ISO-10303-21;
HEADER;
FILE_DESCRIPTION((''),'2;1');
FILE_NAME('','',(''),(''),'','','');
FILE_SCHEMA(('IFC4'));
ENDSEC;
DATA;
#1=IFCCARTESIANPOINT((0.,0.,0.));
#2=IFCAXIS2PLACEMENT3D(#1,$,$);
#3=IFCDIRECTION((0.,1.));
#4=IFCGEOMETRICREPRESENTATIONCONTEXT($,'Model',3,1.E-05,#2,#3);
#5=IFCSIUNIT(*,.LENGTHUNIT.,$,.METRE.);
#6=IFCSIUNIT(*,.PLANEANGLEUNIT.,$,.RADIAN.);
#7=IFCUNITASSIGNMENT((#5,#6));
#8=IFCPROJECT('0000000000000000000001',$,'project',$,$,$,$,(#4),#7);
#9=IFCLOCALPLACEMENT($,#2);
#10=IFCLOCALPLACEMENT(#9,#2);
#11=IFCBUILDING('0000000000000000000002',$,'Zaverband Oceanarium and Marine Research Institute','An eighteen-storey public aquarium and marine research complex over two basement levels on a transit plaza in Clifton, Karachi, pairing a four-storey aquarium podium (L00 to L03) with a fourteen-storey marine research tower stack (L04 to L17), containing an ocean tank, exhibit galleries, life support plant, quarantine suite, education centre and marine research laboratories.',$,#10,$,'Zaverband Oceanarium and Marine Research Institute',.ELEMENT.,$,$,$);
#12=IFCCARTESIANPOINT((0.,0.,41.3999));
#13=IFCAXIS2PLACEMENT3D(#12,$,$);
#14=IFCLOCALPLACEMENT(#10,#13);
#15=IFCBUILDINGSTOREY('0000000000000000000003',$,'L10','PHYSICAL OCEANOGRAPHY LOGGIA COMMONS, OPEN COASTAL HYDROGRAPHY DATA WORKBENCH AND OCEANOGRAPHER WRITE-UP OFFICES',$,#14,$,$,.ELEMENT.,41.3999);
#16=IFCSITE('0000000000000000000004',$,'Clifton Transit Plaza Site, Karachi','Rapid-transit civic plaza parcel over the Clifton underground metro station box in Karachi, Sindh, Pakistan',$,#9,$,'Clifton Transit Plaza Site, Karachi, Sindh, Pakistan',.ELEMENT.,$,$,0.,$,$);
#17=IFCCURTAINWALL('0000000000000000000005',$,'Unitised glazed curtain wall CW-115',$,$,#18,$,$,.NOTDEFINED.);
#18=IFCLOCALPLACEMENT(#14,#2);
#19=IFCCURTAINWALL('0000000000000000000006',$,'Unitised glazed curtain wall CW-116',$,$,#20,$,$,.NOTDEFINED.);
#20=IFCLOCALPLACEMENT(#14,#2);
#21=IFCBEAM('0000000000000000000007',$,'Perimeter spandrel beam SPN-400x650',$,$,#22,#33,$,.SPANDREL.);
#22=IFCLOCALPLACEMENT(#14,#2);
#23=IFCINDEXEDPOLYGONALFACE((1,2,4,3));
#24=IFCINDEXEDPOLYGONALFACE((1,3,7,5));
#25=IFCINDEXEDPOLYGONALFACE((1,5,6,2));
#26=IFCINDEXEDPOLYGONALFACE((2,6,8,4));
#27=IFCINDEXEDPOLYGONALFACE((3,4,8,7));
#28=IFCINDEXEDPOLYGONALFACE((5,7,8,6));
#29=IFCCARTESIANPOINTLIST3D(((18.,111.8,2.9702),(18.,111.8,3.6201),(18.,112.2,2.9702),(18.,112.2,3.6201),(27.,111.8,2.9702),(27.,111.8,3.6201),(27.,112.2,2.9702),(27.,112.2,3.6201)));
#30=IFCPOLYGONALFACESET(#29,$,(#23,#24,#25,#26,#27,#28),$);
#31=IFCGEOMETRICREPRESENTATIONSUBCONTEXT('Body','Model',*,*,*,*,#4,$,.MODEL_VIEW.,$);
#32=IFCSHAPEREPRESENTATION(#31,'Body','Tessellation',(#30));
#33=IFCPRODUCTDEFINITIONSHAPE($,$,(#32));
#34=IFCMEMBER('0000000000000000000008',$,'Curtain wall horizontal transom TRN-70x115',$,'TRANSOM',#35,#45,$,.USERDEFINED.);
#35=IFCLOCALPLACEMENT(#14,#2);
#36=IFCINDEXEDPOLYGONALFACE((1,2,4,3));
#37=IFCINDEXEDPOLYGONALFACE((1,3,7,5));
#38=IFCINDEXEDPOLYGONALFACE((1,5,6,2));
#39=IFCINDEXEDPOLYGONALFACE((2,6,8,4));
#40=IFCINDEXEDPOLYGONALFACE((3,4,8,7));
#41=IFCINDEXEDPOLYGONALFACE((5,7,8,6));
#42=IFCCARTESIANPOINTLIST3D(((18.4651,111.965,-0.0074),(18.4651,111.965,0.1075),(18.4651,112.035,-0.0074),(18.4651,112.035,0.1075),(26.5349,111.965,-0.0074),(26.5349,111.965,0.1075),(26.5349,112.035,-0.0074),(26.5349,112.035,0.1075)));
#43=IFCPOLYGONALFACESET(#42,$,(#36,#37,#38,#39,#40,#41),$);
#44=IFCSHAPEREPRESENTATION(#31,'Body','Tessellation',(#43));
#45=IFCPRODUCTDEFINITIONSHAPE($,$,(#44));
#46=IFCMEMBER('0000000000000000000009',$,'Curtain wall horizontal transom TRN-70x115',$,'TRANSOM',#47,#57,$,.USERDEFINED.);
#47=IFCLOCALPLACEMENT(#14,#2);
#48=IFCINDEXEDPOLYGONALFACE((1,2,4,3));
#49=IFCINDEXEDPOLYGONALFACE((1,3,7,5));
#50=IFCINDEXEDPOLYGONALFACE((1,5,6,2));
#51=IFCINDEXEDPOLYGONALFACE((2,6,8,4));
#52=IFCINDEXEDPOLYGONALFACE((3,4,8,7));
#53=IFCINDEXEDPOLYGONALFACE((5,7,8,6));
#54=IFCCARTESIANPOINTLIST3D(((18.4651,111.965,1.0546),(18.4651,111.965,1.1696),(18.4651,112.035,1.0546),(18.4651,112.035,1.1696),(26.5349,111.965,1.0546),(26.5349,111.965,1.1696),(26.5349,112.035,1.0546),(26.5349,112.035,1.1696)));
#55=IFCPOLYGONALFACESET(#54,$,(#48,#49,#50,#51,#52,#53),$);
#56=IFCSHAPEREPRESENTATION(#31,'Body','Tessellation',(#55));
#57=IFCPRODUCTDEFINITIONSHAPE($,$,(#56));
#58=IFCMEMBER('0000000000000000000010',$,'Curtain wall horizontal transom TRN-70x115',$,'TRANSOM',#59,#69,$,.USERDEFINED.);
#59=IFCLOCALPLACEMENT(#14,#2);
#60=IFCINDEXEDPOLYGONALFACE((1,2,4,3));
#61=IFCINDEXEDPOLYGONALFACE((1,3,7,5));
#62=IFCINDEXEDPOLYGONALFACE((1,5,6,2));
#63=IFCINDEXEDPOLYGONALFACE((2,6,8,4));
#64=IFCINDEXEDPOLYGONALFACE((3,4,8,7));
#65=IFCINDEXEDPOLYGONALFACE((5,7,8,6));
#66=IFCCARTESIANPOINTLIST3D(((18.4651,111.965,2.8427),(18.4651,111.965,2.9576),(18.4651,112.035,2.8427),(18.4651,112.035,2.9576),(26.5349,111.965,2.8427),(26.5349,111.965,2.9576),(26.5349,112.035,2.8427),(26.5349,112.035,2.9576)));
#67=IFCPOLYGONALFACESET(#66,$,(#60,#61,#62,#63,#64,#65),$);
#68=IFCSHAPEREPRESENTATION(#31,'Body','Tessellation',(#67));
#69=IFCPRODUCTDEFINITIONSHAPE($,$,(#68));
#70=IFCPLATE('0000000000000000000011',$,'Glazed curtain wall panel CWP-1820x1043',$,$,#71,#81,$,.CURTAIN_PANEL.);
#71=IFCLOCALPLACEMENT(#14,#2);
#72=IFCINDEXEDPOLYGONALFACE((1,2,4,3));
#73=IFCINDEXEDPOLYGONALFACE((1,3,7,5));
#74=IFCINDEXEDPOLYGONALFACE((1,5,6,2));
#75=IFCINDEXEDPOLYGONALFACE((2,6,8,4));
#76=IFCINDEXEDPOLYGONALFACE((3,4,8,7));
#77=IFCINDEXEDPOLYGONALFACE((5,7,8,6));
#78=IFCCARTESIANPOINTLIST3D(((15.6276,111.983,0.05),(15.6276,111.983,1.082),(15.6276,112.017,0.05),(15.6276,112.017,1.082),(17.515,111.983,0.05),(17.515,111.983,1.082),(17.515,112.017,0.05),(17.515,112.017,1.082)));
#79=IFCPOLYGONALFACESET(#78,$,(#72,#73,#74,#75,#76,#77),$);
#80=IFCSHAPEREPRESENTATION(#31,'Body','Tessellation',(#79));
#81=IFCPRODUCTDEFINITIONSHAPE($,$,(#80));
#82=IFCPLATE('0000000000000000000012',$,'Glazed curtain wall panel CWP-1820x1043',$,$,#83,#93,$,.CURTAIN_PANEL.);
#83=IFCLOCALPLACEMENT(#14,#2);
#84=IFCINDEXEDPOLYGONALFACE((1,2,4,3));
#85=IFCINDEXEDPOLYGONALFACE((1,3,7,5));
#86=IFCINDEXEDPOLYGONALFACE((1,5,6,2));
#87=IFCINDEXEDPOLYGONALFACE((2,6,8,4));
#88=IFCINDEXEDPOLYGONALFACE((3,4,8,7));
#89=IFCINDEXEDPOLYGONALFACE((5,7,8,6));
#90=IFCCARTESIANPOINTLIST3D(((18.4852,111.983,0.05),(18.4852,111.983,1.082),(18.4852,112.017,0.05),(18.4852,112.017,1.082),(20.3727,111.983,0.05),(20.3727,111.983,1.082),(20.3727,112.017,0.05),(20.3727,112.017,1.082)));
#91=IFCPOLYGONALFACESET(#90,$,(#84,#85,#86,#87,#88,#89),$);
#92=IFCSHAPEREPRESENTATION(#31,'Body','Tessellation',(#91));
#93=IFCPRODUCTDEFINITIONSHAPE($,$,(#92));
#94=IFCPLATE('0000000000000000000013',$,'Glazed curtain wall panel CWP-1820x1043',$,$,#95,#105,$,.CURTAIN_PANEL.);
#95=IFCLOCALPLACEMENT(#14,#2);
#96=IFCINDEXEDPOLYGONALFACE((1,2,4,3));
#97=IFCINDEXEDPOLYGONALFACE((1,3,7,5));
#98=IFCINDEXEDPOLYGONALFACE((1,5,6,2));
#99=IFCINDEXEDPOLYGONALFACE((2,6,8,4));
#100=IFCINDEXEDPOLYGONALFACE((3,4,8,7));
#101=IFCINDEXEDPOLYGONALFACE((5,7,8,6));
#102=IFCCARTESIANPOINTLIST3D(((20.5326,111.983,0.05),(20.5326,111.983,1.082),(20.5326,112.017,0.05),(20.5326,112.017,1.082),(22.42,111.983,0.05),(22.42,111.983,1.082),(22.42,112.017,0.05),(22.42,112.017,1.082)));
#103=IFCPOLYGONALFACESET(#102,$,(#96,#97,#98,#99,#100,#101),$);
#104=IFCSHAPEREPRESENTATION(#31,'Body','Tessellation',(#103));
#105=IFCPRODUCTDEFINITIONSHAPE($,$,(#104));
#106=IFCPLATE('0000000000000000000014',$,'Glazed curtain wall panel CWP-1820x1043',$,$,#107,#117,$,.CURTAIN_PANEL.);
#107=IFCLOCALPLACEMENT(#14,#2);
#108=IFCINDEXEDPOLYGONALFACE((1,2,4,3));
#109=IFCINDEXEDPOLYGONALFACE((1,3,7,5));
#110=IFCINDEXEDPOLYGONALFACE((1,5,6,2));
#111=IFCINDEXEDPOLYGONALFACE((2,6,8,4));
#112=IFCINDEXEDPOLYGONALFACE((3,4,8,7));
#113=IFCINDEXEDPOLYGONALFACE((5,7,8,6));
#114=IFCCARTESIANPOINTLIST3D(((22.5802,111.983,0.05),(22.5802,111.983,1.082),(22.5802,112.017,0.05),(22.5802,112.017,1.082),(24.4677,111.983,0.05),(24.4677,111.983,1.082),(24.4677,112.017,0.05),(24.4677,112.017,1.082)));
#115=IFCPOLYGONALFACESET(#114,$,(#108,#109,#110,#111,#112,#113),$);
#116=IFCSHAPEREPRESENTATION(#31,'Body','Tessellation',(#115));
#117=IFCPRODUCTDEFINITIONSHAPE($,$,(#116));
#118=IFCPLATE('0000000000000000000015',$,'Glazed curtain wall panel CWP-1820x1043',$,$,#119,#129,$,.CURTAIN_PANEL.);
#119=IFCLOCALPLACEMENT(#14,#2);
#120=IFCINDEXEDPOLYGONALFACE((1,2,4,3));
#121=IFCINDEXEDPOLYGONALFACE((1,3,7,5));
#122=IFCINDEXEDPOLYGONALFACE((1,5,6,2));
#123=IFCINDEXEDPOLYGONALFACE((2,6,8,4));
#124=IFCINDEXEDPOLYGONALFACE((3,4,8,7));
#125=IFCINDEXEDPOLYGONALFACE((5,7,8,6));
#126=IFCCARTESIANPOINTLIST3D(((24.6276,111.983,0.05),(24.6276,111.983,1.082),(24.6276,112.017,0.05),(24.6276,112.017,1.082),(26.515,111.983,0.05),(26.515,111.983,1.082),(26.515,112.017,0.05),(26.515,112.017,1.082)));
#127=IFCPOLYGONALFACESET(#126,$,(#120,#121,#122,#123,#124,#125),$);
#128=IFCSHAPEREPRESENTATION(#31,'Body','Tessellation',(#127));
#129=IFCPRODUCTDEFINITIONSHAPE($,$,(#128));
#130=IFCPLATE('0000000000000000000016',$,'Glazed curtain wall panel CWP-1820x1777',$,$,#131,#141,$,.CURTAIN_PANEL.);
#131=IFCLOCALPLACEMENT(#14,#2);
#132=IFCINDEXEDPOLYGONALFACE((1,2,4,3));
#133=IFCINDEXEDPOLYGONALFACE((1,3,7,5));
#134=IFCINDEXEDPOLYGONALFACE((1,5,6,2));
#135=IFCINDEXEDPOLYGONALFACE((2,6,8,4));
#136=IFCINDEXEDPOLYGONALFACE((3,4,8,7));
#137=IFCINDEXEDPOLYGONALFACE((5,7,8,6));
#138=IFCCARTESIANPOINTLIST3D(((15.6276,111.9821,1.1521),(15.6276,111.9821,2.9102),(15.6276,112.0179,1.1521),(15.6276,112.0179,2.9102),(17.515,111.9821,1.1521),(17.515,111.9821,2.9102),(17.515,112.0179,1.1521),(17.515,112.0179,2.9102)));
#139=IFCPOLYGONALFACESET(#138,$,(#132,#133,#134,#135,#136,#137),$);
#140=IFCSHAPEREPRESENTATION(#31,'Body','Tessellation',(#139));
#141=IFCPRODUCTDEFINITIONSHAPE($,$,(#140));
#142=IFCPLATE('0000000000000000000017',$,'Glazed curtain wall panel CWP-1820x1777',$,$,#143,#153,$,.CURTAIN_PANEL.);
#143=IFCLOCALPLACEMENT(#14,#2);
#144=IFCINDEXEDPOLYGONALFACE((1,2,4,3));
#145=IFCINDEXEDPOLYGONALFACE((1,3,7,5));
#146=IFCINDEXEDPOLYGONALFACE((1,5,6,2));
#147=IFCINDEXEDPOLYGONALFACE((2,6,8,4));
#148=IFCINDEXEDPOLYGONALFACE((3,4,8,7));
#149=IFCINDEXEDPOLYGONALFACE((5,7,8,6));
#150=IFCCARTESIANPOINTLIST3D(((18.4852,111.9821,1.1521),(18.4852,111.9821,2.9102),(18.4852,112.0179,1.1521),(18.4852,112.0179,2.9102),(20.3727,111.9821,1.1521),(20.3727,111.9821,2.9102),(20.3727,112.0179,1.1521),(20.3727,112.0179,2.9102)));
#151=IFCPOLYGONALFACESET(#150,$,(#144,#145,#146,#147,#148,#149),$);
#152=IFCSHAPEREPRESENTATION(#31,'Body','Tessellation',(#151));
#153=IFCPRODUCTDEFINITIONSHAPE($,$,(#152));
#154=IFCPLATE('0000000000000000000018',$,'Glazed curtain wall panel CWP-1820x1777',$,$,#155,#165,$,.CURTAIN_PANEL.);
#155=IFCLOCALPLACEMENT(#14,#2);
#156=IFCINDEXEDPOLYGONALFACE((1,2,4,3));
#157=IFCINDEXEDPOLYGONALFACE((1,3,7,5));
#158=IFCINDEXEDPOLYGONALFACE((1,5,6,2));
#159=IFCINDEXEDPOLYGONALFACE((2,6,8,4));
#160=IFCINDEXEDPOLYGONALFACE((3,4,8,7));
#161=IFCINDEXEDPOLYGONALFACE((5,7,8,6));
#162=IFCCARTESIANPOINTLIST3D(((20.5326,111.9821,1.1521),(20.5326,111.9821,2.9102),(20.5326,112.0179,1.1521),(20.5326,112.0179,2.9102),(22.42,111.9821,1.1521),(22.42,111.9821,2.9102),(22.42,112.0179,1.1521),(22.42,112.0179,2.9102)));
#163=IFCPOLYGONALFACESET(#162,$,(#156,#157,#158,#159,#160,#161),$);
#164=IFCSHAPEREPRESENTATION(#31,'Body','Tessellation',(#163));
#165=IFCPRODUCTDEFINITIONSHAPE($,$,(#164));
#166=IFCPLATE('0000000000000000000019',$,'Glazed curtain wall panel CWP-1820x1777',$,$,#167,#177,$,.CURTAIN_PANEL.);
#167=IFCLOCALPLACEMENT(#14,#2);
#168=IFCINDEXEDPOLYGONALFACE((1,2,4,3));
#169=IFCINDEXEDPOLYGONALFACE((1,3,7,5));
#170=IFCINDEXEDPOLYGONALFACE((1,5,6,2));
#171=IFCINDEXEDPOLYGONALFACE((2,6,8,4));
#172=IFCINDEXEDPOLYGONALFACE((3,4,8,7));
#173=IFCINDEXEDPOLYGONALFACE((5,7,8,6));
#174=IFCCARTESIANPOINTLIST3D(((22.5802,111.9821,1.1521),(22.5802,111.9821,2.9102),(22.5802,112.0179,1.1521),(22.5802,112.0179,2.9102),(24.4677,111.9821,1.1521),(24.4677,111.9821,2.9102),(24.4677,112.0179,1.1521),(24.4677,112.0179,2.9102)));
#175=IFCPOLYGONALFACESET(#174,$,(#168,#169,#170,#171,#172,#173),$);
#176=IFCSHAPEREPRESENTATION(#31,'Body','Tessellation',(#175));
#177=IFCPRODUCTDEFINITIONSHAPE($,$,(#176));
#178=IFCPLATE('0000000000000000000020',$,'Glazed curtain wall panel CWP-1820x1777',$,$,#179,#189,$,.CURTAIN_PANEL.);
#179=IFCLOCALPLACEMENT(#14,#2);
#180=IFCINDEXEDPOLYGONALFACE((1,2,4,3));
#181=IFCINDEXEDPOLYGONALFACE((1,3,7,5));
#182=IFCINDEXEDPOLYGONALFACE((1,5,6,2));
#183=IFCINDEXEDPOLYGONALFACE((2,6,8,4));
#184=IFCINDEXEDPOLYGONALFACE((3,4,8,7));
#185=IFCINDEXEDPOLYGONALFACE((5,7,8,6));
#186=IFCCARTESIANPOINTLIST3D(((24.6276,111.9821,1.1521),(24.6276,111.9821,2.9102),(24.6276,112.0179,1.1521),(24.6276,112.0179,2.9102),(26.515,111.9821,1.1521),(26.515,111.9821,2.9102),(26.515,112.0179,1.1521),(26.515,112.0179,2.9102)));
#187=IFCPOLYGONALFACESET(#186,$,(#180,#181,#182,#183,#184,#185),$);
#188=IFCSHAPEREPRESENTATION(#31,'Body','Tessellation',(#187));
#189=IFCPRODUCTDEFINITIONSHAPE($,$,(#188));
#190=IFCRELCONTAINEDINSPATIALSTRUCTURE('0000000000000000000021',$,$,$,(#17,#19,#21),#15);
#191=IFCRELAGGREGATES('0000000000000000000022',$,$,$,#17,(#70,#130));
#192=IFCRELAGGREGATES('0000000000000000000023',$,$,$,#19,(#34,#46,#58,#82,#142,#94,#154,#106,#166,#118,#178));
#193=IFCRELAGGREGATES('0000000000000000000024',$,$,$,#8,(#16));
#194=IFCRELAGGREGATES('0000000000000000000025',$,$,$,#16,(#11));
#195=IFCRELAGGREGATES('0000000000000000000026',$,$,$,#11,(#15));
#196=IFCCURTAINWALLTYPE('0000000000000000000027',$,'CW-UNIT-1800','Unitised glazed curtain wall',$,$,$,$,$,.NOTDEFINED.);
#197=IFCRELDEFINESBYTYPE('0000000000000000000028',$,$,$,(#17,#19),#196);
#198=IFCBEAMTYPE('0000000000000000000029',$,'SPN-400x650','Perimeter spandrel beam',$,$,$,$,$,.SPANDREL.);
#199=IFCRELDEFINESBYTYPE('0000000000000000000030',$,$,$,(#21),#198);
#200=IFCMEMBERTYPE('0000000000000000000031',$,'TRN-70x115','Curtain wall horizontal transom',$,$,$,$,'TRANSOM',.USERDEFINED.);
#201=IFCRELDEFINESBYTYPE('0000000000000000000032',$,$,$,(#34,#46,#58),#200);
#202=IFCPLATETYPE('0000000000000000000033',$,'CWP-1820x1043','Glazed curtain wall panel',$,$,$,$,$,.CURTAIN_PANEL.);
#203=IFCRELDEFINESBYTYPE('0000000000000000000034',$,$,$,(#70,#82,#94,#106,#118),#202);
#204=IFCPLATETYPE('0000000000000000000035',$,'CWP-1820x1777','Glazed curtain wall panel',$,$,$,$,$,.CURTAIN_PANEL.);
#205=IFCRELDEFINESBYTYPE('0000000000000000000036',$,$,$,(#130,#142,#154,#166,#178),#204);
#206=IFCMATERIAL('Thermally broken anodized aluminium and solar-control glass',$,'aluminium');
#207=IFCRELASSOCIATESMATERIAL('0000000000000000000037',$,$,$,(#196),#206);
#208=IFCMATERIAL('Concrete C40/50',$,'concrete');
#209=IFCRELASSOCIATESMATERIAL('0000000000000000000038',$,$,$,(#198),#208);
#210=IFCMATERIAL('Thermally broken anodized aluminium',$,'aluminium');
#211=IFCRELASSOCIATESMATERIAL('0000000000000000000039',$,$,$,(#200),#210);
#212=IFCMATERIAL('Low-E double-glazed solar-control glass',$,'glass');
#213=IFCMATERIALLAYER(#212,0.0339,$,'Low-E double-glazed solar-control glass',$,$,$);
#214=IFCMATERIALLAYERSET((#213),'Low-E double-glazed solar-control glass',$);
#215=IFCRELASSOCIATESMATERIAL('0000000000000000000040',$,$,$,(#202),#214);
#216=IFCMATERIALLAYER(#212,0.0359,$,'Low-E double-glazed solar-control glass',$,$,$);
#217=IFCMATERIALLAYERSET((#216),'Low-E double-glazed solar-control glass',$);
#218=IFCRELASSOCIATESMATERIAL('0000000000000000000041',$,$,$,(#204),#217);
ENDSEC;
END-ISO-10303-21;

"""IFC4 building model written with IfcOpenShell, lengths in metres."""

from ifc_helpers import new_model, si_unit, direction, frame, frame_2d, origin, origin_2d, place, context, subcontext, project, spatial, rectangle, extrude, material, layer, layer_set, material_profile, profile_set, type_object, element, aggregate, save


model = new_model("IFC4")

# Units and contexts
model_context = context("Model", 3, precision=1e-05, world=origin(), true_north=direction((0.0, 1.0)))
body_context = subcontext(model_context, "Body", "Model", "MODEL_VIEW")
ifc_project = project(units=[si_unit("LENGTHUNIT", "METRE"), si_unit("PLANEANGLEUNIT", "RADIAN")], contexts=[model_context])

# Site, building, storey
site_placement = place(None, origin())
site = spatial("IfcSite", under=ifc_project, at=site_placement, Name="Clifton Transit Plaza Site, Karachi", Description="Rapid-transit civic plaza parcel over the Clifton underground metro station box in Karachi, Sindh, Pakistan", LongName="Clifton Transit Plaza Site, Karachi, Sindh, Pakistan", CompositionType="ELEMENT", RefElevation=0.0)
building_placement = place(site_placement, origin())
building = spatial("IfcBuilding", under=site, at=building_placement, Name="Zaverband Oceanarium and Marine Research Institute", Description="An eighteen-storey public aquarium and marine research complex over two basement levels on a transit plaza in Clifton, Karachi, pairing a four-storey aquarium podium (L00 to L03) with a fourteen-storey marine research tower stack (L04 to L17), containing an ocean tank, exhibit galleries, life support plant, quarantine suite, education centre and marine research laboratories.", LongName="Zaverband Oceanarium and Marine Research Institute", CompositionType="ELEMENT")
storey_placement = place(building_placement, frame((0.0, 0.0, 41.3999)))
storey = spatial("IfcBuildingStorey", under=building, at=storey_placement, Name="L10", Description="PHYSICAL OCEANOGRAPHY LOGGIA COMMONS, OPEN COASTAL HYDROGRAPHY DATA WORKBENCH AND OCEANOGRAPHER WRITE-UP OFFICES", CompositionType="ELEMENT", Elevation=41.3999)

# Shared definitions
ifc_material_1 = material(Name="Concrete C40/50", Category="concrete")

# Curtain walls
ifc_material_2 = material(Name="Thermally broken anodized aluminium and solar-control glass", Category="aluminium")
curtain_wall_type = type_object("IfcCurtainWallType", Name="CW-UNIT-1800", Description="Unitised glazed curtain wall", PredefinedType="NOTDEFINED", material=ifc_material_2)
curtain_wall_1_placement = place(storey_placement, origin())
curtain_wall_1 = element("IfcCurtainWall", 1, at=curtain_wall_1_placement, inside=storey, type_object=curtain_wall_type, Name="Unitised glazed curtain wall CW-115", PredefinedType="NOTDEFINED")
ifc_material_3 = material(Name="Thermally broken anodized aluminium", Category="aluminium")
curtain_wall_2_placement = place(storey_placement, origin())
curtain_wall_2 = element("IfcCurtainWall", 2, at=curtain_wall_2_placement, inside=storey, type_object=curtain_wall_type, Name="Unitised glazed curtain wall CW-116", PredefinedType="NOTDEFINED")

# Beam
ifc_material_profile_1 = material_profile(ifc_material_1, rectangle(XDim=0.3999, YDim=0.6499, at=origin_2d()), Name="RC400x650")
ifc_profile_set_1 = profile_set([ifc_material_profile_1], Name="Concrete C40/50")
beam_type_1 = type_object("IfcBeamType", Name="SPN-400x650", Description="Perimeter spandrel beam", PredefinedType="SPANDREL", material=ifc_profile_set_1)
beam_1_placement = place(storey_placement, frame((18.0, 112.0, 3.2952), z_axis=(1.0, 0.0, 0.0), x_axis=(0.0, 1.0, 0.0)))
element("IfcBeam", 3, at=beam_1_placement, inside=storey, type_object=beam_type_1, Name="Perimeter spandrel beam SPN-400x650", PredefinedType="SPANDREL", context=body_context, shape_type="SweptSolid", body=[
    extrude(rectangle(XDim=0.3999, YDim=0.6499, at=origin_2d()), origin(), (0.0, 0.0, 1.0), 9.0),
])

# Members
ifc_material_profile_2 = material_profile(ifc_material_3, rectangle(XDim=0.0701, YDim=0.115, at=origin_2d()), Name="AL-TRN-70x115")
ifc_profile_set_2 = profile_set([ifc_material_profile_2], Name="Thermally broken anodized aluminium")
member_type_1 = type_object("IfcMemberType", Name="TRN-70x115", Description="Curtain wall horizontal transom", ElementType="TRANSOM", PredefinedType="USERDEFINED", material=ifc_profile_set_2)
member_1_placement = place(storey_placement, frame((18.4651, 112.0, 0.05), z_axis=(1.0, 0.0, 0.0), x_axis=(0.0, 1.0, 0.0)))
member_1 = element("IfcMember", 4, at=member_1_placement, type_object=member_type_1, Name="Curtain wall horizontal transom TRN-70x115", ObjectType="TRANSOM", PredefinedType="USERDEFINED", context=body_context, shape_type="SweptSolid", body=[
    extrude(rectangle(XDim=0.0701, YDim=0.115, at=origin_2d()), origin(), (0.0, 0.0, 1.0), 8.0698),
])
member_2_placement = place(storey_placement, frame((18.4651, 112.0, 1.1121), z_axis=(1.0, 0.0, 0.0), x_axis=(0.0, 1.0, 0.0)))
member_2 = element("IfcMember", 5, at=member_2_placement, type_object=member_type_1, Name="Curtain wall horizontal transom TRN-70x115", ObjectType="TRANSOM", PredefinedType="USERDEFINED", context=body_context, shape_type="SweptSolid", body=[
    extrude(rectangle(XDim=0.0701, YDim=0.115, at=origin_2d()), origin(), (0.0, 0.0, 1.0), 8.0698),
])
member_3_placement = place(storey_placement, frame((18.4651, 112.0, 2.9001), z_axis=(1.0, 0.0, 0.0), x_axis=(0.0, 1.0, 0.0)))
member_3 = element("IfcMember", 6, at=member_3_placement, type_object=member_type_1, Name="Curtain wall horizontal transom TRN-70x115", ObjectType="TRANSOM", PredefinedType="USERDEFINED", context=body_context, shape_type="SweptSolid", body=[
    extrude(rectangle(XDim=0.0701, YDim=0.115, at=origin_2d()), origin(), (0.0, 0.0, 1.0), 8.0698),
])

# Plates
ifc_material_4 = material(Name="Low-E double-glazed solar-control glass", Category="glass")
ifc_layer_1 = layer(ifc_material_4, 0.0339, Name="Low-E double-glazed solar-control glass")
ifc_layer_set_1 = layer_set([ifc_layer_1], Name="Low-E double-glazed solar-control glass")
plate_type_1 = type_object("IfcPlateType", Name="CWP-1820x1043", Description="Glazed curtain wall panel", PredefinedType="CURTAIN_PANEL", material=ifc_layer_set_1)
plate_1_placement = place(storey_placement, frame((15.6274, 112.0, 0.05), z_axis=(0.0, 0.0, 1.0), x_axis=(1.0, 0.0, 0.0)))
plate_1 = element("IfcPlate", 7, at=plate_1_placement, type_object=plate_type_1, Name="Glazed curtain wall panel CWP-1820x1043", PredefinedType="CURTAIN_PANEL", context=body_context, shape_type="SweptSolid", body=[
    extrude(rectangle(XDim=1.8875, YDim=0.0339, at=frame_2d((0.9438, 0.0))), origin(), (0.0, 0.0, 1.0), 1.032),
])
plate_2_placement = place(storey_placement, frame((18.4851, 112.0, 0.05), z_axis=(0.0, 0.0, 1.0), x_axis=(1.0, 0.0, 0.0)))
plate_2 = element("IfcPlate", 8, at=plate_2_placement, type_object=plate_type_1, Name="Glazed curtain wall panel CWP-1820x1043", PredefinedType="CURTAIN_PANEL", context=body_context, shape_type="SweptSolid", body=[
    extrude(rectangle(XDim=1.8875, YDim=0.0339, at=frame_2d((0.9438, 0.0))), origin(), (0.0, 0.0, 1.0), 1.032),
])
plate_3_placement = place(storey_placement, frame((20.5325, 112.0, 0.05), z_axis=(0.0, 0.0, 1.0), x_axis=(1.0, 0.0, 0.0)))
plate_3 = element("IfcPlate", 9, at=plate_3_placement, type_object=plate_type_1, Name="Glazed curtain wall panel CWP-1820x1043", PredefinedType="CURTAIN_PANEL", context=body_context, shape_type="SweptSolid", body=[
    extrude(rectangle(XDim=1.8875, YDim=0.0339, at=frame_2d((0.9438, 0.0))), origin(), (0.0, 0.0, 1.0), 1.032),
])
plate_4_placement = place(storey_placement, frame((22.5801, 112.0, 0.05), z_axis=(0.0, 0.0, 1.0), x_axis=(1.0, 0.0, 0.0)))
plate_4 = element("IfcPlate", 10, at=plate_4_placement, type_object=plate_type_1, Name="Glazed curtain wall panel CWP-1820x1043", PredefinedType="CURTAIN_PANEL", context=body_context, shape_type="SweptSolid", body=[
    extrude(rectangle(XDim=1.8875, YDim=0.0339, at=frame_2d((0.9438, 0.0))), origin(), (0.0, 0.0, 1.0), 1.032),
])
plate_5_placement = place(storey_placement, frame((24.6274, 112.0, 0.05), z_axis=(0.0, 0.0, 1.0), x_axis=(1.0, 0.0, 0.0)))
plate_5 = element("IfcPlate", 11, at=plate_5_placement, type_object=plate_type_1, Name="Glazed curtain wall panel CWP-1820x1043", PredefinedType="CURTAIN_PANEL", context=body_context, shape_type="SweptSolid", body=[
    extrude(rectangle(XDim=1.8875, YDim=0.0339, at=frame_2d((0.9438, 0.0))), origin(), (0.0, 0.0, 1.0), 1.032),
])
ifc_layer_2 = layer(ifc_material_4, 0.0359, Name="Low-E double-glazed solar-control glass")
ifc_layer_set_2 = layer_set([ifc_layer_2], Name="Low-E double-glazed solar-control glass")
plate_type_2 = type_object("IfcPlateType", Name="CWP-1820x1777", Description="Glazed curtain wall panel", PredefinedType="CURTAIN_PANEL", material=ifc_layer_set_2)
plate_6_placement = place(storey_placement, frame((15.6274, 112.0, 1.1521), z_axis=(0.0, 0.0, 1.0), x_axis=(1.0, 0.0, 0.0)))
plate_6 = element("IfcPlate", 12, at=plate_6_placement, type_object=plate_type_2, Name="Glazed curtain wall panel CWP-1820x1777", PredefinedType="CURTAIN_PANEL", context=body_context, shape_type="SweptSolid", body=[
    extrude(rectangle(XDim=1.8875, YDim=0.0359, at=frame_2d((0.9438, 0.0))), origin(), (0.0, 0.0, 1.0), 1.7581),
])
aggregate(curtain_wall_1, [plate_1, plate_6])
plate_7_placement = place(storey_placement, frame((18.4851, 112.0, 1.1521), z_axis=(0.0, 0.0, 1.0), x_axis=(1.0, 0.0, 0.0)))
plate_7 = element("IfcPlate", 13, at=plate_7_placement, type_object=plate_type_2, Name="Glazed curtain wall panel CWP-1820x1777", PredefinedType="CURTAIN_PANEL", context=body_context, shape_type="SweptSolid", body=[
    extrude(rectangle(XDim=1.8875, YDim=0.0359, at=frame_2d((0.9438, 0.0))), origin(), (0.0, 0.0, 1.0), 1.7581),
])
plate_8_placement = place(storey_placement, frame((20.5325, 112.0, 1.1521), z_axis=(0.0, 0.0, 1.0), x_axis=(1.0, 0.0, 0.0)))
plate_8 = element("IfcPlate", 14, at=plate_8_placement, type_object=plate_type_2, Name="Glazed curtain wall panel CWP-1820x1777", PredefinedType="CURTAIN_PANEL", context=body_context, shape_type="SweptSolid", body=[
    extrude(rectangle(XDim=1.8875, YDim=0.0359, at=frame_2d((0.9438, 0.0))), origin(), (0.0, 0.0, 1.0), 1.7581),
])
plate_9_placement = place(storey_placement, frame((22.5801, 112.0, 1.1521), z_axis=(0.0, 0.0, 1.0), x_axis=(1.0, 0.0, 0.0)))
plate_9 = element("IfcPlate", 15, at=plate_9_placement, type_object=plate_type_2, Name="Glazed curtain wall panel CWP-1820x1777", PredefinedType="CURTAIN_PANEL", context=body_context, shape_type="SweptSolid", body=[
    extrude(rectangle(XDim=1.8875, YDim=0.0359, at=frame_2d((0.9438, 0.0))), origin(), (0.0, 0.0, 1.0), 1.7581),
])
plate_10_placement = place(storey_placement, frame((24.6274, 112.0, 1.1521), z_axis=(0.0, 0.0, 1.0), x_axis=(1.0, 0.0, 0.0)))
plate_10 = element("IfcPlate", 16, at=plate_10_placement, type_object=plate_type_2, Name="Glazed curtain wall panel CWP-1820x1777", PredefinedType="CURTAIN_PANEL", context=body_context, shape_type="SweptSolid", body=[
    extrude(rectangle(XDim=1.8875, YDim=0.0359, at=frame_2d((0.9438, 0.0))), origin(), (0.0, 0.0, 1.0), 1.7581),
])
aggregate(curtain_wall_2, [member_1, member_2, member_3, plate_2, plate_7, plate_3, plate_8, plate_4, plate_9, plate_5, plate_10])

save(model, "model.ifc")
